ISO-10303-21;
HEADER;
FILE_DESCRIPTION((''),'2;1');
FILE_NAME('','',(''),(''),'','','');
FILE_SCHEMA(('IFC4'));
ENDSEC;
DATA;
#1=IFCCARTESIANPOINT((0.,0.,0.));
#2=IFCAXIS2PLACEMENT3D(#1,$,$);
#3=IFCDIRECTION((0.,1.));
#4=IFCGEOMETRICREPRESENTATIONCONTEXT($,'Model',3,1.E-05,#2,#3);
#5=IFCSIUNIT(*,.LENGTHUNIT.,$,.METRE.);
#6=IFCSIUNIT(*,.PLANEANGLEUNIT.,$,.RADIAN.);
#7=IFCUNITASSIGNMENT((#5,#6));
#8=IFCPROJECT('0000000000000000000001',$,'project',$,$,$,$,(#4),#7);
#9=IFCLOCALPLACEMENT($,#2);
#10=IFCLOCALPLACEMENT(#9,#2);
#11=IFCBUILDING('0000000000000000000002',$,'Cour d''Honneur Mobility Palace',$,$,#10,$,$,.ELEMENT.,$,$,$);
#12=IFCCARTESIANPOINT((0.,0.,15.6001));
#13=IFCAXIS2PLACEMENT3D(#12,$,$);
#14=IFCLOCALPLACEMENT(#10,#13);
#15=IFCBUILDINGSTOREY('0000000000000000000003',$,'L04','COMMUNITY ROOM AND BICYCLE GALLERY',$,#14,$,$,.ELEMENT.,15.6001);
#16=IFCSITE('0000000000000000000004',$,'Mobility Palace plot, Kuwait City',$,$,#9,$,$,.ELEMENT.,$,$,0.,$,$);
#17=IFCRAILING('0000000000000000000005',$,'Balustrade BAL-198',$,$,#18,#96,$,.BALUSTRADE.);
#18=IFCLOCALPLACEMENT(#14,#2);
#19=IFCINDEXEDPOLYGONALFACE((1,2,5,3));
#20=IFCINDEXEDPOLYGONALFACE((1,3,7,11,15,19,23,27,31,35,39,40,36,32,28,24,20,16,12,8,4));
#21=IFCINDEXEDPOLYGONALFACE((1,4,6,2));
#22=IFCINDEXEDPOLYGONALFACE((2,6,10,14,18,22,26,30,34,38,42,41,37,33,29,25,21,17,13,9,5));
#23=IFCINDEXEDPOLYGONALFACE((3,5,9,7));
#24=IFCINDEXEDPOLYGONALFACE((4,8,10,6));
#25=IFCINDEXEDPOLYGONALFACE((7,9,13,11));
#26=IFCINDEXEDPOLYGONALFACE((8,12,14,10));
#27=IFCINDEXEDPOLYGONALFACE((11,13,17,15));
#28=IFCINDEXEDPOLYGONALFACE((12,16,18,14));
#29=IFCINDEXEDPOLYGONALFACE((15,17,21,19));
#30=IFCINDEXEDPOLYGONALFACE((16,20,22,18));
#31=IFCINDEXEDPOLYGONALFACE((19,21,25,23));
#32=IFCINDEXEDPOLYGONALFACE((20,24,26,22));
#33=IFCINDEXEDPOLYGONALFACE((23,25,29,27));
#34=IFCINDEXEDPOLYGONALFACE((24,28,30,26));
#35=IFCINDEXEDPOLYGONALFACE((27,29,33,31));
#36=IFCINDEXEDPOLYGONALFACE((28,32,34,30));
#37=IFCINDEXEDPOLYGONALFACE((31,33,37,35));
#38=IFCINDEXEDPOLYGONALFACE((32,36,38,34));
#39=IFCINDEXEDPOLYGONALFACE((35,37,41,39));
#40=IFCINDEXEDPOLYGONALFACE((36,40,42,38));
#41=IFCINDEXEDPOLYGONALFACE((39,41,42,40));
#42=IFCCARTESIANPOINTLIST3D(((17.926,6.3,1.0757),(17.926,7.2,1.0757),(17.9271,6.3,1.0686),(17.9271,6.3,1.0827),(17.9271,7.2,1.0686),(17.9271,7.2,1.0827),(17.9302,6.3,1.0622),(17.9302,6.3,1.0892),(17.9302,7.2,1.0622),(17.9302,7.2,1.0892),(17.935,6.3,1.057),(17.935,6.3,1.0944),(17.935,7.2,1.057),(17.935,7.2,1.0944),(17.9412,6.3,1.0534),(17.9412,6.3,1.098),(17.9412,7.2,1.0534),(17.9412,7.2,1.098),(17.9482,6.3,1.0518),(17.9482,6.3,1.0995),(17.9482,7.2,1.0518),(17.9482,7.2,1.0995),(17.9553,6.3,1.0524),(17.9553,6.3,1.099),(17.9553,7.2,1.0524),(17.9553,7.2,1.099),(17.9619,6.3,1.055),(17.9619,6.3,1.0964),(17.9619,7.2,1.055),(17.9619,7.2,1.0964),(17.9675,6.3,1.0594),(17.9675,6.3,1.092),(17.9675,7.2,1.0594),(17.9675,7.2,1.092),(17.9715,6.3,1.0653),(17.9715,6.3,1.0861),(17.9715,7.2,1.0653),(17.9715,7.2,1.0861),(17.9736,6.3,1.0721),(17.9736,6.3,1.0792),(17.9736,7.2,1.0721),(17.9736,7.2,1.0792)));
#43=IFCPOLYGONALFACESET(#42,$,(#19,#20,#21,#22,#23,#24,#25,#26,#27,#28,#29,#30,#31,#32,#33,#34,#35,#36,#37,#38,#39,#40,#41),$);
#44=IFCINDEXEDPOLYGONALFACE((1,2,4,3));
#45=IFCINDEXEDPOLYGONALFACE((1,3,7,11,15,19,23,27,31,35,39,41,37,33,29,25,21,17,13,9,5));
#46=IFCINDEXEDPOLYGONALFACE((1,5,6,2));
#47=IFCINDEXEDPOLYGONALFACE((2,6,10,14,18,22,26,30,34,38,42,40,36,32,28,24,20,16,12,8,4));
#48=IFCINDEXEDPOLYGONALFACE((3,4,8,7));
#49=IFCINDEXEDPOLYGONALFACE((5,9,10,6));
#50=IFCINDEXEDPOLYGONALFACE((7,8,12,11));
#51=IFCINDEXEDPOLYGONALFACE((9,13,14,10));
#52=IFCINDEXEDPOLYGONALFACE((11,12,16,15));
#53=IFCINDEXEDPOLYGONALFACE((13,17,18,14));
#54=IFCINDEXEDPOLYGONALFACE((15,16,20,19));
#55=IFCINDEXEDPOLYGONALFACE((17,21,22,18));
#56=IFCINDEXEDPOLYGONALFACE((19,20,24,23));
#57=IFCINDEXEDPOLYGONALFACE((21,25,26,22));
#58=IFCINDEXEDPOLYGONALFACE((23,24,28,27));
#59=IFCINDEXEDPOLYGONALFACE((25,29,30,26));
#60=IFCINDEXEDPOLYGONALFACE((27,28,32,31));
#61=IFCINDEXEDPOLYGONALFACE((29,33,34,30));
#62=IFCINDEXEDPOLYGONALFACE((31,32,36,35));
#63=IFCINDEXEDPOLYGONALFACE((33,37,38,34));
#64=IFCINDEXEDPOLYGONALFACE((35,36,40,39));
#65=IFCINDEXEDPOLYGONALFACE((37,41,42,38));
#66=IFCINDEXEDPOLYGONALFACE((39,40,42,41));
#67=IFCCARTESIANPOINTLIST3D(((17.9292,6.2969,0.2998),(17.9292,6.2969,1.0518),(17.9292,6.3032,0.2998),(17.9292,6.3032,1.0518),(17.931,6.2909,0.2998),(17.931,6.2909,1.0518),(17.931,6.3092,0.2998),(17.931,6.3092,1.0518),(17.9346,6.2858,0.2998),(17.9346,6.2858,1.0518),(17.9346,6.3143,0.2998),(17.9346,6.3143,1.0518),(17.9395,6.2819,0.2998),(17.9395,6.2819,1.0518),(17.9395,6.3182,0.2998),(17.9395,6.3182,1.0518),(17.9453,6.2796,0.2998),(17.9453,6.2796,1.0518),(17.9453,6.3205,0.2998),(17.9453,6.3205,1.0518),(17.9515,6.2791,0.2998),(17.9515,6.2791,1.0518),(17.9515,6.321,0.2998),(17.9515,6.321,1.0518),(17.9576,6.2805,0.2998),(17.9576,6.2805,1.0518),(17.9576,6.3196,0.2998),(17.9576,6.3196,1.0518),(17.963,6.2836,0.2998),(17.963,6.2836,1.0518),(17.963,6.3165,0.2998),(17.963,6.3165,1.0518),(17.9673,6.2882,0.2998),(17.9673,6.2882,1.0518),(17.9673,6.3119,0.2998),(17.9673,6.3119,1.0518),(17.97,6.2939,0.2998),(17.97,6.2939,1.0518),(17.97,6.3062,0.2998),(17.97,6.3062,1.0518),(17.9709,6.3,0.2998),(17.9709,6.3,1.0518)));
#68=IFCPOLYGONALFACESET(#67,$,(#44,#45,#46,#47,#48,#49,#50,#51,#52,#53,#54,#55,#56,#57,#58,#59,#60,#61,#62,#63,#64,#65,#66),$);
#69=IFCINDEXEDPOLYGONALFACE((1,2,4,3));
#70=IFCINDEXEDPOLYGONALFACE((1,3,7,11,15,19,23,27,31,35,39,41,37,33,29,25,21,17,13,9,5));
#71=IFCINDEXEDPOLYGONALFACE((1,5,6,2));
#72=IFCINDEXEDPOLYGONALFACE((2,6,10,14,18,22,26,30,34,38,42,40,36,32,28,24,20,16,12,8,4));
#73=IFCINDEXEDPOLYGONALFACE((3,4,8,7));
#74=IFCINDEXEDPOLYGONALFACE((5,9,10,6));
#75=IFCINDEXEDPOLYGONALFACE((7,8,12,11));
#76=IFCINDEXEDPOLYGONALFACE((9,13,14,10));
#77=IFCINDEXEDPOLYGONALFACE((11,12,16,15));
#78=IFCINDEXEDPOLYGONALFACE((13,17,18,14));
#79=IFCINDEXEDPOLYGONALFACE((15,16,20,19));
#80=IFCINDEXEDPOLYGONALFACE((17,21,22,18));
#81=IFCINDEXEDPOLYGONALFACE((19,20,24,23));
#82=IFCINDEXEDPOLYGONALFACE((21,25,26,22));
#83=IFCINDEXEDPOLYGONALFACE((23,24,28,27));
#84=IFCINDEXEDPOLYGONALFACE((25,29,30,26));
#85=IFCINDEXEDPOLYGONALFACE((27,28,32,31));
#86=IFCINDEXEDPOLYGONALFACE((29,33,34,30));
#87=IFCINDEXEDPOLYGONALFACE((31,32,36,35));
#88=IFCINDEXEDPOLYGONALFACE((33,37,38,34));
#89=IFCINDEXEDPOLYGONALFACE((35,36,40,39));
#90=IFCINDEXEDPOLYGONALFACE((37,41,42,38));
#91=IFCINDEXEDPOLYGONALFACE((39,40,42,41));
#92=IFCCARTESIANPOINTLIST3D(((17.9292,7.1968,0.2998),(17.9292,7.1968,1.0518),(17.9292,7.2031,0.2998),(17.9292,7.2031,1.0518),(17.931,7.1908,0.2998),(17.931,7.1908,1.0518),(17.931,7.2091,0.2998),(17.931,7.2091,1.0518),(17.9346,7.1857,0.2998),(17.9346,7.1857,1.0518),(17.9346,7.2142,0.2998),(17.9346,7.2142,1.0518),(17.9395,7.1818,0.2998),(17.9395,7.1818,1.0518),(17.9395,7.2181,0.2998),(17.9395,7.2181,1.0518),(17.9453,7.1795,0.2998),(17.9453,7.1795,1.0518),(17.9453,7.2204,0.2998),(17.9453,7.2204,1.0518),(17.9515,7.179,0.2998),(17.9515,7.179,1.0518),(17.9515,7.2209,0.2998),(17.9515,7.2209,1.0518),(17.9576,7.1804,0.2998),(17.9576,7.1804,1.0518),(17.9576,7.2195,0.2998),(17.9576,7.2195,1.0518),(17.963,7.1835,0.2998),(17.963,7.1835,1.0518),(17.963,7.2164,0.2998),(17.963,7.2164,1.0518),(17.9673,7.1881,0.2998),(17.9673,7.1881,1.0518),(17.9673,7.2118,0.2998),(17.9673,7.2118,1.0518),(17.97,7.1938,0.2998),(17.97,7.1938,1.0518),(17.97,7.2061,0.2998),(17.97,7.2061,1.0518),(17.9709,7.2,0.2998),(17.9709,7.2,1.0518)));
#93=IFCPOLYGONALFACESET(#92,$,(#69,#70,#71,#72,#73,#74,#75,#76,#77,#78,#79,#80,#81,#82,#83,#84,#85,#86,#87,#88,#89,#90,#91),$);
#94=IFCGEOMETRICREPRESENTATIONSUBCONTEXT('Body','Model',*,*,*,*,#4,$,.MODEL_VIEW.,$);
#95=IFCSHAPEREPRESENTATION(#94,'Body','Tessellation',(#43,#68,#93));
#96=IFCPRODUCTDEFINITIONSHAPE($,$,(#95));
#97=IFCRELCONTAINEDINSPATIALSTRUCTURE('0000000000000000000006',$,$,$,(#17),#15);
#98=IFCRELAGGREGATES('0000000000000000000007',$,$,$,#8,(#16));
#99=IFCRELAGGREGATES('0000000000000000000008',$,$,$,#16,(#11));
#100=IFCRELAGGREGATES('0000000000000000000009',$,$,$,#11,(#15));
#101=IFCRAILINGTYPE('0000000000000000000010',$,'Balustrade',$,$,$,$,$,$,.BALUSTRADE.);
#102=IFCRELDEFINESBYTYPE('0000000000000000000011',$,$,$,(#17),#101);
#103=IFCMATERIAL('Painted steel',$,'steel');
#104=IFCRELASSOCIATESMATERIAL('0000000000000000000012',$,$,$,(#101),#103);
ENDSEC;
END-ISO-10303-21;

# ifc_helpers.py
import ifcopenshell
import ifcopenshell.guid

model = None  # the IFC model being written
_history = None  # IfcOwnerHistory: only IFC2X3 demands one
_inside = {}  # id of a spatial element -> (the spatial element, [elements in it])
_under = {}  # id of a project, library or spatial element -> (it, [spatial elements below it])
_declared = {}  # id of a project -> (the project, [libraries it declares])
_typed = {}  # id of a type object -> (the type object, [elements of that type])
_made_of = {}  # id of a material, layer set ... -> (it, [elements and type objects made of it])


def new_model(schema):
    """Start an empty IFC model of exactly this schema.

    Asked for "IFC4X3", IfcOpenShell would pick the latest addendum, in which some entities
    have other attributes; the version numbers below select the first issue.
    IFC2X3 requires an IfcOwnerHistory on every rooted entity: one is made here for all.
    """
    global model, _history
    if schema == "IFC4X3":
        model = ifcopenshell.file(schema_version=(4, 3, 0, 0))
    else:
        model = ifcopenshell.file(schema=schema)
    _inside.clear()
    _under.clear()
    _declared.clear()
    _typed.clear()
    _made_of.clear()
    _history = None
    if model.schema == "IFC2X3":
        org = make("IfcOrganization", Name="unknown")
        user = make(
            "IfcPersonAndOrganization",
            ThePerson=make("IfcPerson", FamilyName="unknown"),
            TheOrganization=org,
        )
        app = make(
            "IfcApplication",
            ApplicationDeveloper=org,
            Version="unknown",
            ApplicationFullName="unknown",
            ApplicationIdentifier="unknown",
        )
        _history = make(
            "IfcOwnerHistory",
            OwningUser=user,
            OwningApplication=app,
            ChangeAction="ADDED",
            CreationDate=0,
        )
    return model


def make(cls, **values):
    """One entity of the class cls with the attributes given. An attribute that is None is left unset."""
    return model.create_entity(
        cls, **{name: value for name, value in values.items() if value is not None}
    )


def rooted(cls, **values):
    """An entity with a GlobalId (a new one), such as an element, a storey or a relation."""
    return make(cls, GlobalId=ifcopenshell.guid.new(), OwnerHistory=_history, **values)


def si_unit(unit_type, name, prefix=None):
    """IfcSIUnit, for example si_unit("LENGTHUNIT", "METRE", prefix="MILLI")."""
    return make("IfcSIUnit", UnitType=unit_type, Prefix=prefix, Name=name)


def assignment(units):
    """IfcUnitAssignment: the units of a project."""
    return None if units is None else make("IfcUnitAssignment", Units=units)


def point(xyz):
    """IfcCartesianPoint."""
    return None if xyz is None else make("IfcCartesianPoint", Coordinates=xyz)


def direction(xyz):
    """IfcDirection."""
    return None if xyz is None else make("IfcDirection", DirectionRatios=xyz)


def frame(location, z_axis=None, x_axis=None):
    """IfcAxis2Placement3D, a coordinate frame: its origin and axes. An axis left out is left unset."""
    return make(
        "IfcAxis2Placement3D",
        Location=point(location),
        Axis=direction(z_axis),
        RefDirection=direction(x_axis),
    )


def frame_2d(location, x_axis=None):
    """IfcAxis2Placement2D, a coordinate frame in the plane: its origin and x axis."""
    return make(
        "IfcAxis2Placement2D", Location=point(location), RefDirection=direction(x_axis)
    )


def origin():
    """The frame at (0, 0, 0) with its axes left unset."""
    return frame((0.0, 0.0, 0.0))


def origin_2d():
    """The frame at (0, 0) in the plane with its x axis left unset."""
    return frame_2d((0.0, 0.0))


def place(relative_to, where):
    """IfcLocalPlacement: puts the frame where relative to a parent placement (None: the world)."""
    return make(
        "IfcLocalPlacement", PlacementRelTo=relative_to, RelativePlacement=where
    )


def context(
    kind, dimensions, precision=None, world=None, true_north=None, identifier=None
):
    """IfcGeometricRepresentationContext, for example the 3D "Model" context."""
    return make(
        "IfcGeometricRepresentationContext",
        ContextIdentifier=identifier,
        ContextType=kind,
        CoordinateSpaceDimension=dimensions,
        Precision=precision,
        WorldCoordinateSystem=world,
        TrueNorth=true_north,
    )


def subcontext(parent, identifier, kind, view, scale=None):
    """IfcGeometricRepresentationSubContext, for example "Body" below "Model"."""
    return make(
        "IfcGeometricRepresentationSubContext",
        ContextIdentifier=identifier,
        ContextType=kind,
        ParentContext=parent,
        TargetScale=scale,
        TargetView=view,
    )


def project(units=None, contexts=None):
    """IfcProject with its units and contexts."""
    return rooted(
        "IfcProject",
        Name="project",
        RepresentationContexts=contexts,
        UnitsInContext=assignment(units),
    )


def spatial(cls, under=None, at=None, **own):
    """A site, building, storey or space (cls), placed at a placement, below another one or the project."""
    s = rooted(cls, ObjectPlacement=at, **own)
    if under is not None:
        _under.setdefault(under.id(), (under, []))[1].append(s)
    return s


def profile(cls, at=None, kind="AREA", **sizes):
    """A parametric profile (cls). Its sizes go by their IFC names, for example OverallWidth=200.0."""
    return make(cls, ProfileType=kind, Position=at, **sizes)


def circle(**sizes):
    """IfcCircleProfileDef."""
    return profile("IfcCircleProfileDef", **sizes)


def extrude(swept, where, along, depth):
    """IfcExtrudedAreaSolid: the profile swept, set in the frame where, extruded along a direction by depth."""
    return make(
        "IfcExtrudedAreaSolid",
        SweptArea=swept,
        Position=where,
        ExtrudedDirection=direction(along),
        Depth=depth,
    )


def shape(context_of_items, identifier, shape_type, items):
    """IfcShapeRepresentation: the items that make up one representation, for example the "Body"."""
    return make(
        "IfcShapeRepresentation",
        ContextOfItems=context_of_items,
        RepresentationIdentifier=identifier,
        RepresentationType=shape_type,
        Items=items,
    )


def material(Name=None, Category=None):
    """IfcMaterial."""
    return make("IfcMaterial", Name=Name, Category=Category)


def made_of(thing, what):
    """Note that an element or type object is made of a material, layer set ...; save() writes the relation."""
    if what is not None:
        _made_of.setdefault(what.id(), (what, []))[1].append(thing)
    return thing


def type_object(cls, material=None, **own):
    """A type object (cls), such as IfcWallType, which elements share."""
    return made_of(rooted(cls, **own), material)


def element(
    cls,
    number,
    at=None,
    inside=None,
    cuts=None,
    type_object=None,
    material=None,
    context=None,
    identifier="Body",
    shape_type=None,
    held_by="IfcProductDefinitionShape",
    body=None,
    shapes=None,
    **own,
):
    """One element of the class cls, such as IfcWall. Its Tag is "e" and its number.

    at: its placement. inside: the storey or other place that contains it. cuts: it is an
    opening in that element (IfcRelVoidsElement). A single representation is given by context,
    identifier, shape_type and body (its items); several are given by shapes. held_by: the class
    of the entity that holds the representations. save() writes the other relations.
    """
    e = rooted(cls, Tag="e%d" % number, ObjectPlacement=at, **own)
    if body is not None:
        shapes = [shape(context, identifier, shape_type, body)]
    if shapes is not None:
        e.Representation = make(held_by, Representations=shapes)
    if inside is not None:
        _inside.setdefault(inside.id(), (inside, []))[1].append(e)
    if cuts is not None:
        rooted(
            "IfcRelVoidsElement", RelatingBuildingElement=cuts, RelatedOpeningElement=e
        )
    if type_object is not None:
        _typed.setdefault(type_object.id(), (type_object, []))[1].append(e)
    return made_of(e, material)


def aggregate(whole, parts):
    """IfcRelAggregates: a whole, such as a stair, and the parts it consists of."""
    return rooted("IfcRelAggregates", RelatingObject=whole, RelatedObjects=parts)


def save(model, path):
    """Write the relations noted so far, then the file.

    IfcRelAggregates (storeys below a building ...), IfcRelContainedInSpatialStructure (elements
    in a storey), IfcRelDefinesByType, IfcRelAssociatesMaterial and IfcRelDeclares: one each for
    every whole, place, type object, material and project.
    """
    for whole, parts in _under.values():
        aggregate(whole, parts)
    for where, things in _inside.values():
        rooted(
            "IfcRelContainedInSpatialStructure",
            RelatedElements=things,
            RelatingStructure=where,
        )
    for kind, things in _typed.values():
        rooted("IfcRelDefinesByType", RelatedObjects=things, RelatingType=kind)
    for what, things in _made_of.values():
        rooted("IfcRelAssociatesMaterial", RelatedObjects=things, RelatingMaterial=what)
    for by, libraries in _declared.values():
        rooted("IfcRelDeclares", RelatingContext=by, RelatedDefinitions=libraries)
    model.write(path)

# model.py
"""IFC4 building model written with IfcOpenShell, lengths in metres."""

from ifc_helpers import new_model, si_unit, direction, frame, origin, origin_2d, place, context, subcontext, project, spatial, circle, extrude, material, type_object, element, save


model = new_model("IFC4")

# Units and contexts
model_context = context("Model", 3, precision=1e-05, world=origin(), true_north=direction((0.0, 1.0)))
body_context = subcontext(model_context, "Body", "Model", "MODEL_VIEW")
ifc_project = project(units=[si_unit("LENGTHUNIT", "METRE"), si_unit("PLANEANGLEUNIT", "RADIAN")], contexts=[model_context])

# Site, building, storey
site_placement = place(None, origin())
site = spatial("IfcSite", under=ifc_project, at=site_placement, Name="Mobility Palace plot, Kuwait City", CompositionType="ELEMENT", RefElevation=0.0)
building_placement = place(site_placement, origin())
building = spatial("IfcBuilding", under=site, at=building_placement, Name="Cour d'Honneur Mobility Palace", CompositionType="ELEMENT")
storey_placement = place(building_placement, frame((0.0, 0.0, 15.6001)))
storey = spatial("IfcBuildingStorey", under=building, at=storey_placement, Name="L04", Description="COMMUNITY ROOM AND BICYCLE GALLERY", CompositionType="ELEMENT", Elevation=15.6001)

# Railing
ifc_material_1 = material(Name="Painted steel", Category="steel")
railing_type_1 = type_object("IfcRailingType", Name="Balustrade", PredefinedType="BALUSTRADE", material=ifc_material_1)
railing_1_placement = place(storey_placement, frame((17.95, 6.3, 0.2998)))
element("IfcRailing", 1, at=railing_1_placement, inside=storey, type_object=railing_type_1, Name="Balustrade BAL-198", PredefinedType="BALUSTRADE", context=body_context, shape_type="SweptSolid", body=[
    extrude(circle(Radius=0.0239, at=origin_2d()), frame((0.0, 0.0, 0.7759), z_axis=(0.0, 1.0, 0.0), x_axis=(-1.0, 0.0, 0.0)), (0.0, 0.0, 1.0), 0.8999),
    extrude(circle(Radius=0.021, at=origin_2d()), origin(), (0.0, 0.0, 1.0), 0.752),
    extrude(circle(Radius=0.021, at=origin_2d()), frame((0.0, 0.8999, 0.0)), (0.0, 0.0, 1.0), 0.752),
])

save(model, "model.ifc")
